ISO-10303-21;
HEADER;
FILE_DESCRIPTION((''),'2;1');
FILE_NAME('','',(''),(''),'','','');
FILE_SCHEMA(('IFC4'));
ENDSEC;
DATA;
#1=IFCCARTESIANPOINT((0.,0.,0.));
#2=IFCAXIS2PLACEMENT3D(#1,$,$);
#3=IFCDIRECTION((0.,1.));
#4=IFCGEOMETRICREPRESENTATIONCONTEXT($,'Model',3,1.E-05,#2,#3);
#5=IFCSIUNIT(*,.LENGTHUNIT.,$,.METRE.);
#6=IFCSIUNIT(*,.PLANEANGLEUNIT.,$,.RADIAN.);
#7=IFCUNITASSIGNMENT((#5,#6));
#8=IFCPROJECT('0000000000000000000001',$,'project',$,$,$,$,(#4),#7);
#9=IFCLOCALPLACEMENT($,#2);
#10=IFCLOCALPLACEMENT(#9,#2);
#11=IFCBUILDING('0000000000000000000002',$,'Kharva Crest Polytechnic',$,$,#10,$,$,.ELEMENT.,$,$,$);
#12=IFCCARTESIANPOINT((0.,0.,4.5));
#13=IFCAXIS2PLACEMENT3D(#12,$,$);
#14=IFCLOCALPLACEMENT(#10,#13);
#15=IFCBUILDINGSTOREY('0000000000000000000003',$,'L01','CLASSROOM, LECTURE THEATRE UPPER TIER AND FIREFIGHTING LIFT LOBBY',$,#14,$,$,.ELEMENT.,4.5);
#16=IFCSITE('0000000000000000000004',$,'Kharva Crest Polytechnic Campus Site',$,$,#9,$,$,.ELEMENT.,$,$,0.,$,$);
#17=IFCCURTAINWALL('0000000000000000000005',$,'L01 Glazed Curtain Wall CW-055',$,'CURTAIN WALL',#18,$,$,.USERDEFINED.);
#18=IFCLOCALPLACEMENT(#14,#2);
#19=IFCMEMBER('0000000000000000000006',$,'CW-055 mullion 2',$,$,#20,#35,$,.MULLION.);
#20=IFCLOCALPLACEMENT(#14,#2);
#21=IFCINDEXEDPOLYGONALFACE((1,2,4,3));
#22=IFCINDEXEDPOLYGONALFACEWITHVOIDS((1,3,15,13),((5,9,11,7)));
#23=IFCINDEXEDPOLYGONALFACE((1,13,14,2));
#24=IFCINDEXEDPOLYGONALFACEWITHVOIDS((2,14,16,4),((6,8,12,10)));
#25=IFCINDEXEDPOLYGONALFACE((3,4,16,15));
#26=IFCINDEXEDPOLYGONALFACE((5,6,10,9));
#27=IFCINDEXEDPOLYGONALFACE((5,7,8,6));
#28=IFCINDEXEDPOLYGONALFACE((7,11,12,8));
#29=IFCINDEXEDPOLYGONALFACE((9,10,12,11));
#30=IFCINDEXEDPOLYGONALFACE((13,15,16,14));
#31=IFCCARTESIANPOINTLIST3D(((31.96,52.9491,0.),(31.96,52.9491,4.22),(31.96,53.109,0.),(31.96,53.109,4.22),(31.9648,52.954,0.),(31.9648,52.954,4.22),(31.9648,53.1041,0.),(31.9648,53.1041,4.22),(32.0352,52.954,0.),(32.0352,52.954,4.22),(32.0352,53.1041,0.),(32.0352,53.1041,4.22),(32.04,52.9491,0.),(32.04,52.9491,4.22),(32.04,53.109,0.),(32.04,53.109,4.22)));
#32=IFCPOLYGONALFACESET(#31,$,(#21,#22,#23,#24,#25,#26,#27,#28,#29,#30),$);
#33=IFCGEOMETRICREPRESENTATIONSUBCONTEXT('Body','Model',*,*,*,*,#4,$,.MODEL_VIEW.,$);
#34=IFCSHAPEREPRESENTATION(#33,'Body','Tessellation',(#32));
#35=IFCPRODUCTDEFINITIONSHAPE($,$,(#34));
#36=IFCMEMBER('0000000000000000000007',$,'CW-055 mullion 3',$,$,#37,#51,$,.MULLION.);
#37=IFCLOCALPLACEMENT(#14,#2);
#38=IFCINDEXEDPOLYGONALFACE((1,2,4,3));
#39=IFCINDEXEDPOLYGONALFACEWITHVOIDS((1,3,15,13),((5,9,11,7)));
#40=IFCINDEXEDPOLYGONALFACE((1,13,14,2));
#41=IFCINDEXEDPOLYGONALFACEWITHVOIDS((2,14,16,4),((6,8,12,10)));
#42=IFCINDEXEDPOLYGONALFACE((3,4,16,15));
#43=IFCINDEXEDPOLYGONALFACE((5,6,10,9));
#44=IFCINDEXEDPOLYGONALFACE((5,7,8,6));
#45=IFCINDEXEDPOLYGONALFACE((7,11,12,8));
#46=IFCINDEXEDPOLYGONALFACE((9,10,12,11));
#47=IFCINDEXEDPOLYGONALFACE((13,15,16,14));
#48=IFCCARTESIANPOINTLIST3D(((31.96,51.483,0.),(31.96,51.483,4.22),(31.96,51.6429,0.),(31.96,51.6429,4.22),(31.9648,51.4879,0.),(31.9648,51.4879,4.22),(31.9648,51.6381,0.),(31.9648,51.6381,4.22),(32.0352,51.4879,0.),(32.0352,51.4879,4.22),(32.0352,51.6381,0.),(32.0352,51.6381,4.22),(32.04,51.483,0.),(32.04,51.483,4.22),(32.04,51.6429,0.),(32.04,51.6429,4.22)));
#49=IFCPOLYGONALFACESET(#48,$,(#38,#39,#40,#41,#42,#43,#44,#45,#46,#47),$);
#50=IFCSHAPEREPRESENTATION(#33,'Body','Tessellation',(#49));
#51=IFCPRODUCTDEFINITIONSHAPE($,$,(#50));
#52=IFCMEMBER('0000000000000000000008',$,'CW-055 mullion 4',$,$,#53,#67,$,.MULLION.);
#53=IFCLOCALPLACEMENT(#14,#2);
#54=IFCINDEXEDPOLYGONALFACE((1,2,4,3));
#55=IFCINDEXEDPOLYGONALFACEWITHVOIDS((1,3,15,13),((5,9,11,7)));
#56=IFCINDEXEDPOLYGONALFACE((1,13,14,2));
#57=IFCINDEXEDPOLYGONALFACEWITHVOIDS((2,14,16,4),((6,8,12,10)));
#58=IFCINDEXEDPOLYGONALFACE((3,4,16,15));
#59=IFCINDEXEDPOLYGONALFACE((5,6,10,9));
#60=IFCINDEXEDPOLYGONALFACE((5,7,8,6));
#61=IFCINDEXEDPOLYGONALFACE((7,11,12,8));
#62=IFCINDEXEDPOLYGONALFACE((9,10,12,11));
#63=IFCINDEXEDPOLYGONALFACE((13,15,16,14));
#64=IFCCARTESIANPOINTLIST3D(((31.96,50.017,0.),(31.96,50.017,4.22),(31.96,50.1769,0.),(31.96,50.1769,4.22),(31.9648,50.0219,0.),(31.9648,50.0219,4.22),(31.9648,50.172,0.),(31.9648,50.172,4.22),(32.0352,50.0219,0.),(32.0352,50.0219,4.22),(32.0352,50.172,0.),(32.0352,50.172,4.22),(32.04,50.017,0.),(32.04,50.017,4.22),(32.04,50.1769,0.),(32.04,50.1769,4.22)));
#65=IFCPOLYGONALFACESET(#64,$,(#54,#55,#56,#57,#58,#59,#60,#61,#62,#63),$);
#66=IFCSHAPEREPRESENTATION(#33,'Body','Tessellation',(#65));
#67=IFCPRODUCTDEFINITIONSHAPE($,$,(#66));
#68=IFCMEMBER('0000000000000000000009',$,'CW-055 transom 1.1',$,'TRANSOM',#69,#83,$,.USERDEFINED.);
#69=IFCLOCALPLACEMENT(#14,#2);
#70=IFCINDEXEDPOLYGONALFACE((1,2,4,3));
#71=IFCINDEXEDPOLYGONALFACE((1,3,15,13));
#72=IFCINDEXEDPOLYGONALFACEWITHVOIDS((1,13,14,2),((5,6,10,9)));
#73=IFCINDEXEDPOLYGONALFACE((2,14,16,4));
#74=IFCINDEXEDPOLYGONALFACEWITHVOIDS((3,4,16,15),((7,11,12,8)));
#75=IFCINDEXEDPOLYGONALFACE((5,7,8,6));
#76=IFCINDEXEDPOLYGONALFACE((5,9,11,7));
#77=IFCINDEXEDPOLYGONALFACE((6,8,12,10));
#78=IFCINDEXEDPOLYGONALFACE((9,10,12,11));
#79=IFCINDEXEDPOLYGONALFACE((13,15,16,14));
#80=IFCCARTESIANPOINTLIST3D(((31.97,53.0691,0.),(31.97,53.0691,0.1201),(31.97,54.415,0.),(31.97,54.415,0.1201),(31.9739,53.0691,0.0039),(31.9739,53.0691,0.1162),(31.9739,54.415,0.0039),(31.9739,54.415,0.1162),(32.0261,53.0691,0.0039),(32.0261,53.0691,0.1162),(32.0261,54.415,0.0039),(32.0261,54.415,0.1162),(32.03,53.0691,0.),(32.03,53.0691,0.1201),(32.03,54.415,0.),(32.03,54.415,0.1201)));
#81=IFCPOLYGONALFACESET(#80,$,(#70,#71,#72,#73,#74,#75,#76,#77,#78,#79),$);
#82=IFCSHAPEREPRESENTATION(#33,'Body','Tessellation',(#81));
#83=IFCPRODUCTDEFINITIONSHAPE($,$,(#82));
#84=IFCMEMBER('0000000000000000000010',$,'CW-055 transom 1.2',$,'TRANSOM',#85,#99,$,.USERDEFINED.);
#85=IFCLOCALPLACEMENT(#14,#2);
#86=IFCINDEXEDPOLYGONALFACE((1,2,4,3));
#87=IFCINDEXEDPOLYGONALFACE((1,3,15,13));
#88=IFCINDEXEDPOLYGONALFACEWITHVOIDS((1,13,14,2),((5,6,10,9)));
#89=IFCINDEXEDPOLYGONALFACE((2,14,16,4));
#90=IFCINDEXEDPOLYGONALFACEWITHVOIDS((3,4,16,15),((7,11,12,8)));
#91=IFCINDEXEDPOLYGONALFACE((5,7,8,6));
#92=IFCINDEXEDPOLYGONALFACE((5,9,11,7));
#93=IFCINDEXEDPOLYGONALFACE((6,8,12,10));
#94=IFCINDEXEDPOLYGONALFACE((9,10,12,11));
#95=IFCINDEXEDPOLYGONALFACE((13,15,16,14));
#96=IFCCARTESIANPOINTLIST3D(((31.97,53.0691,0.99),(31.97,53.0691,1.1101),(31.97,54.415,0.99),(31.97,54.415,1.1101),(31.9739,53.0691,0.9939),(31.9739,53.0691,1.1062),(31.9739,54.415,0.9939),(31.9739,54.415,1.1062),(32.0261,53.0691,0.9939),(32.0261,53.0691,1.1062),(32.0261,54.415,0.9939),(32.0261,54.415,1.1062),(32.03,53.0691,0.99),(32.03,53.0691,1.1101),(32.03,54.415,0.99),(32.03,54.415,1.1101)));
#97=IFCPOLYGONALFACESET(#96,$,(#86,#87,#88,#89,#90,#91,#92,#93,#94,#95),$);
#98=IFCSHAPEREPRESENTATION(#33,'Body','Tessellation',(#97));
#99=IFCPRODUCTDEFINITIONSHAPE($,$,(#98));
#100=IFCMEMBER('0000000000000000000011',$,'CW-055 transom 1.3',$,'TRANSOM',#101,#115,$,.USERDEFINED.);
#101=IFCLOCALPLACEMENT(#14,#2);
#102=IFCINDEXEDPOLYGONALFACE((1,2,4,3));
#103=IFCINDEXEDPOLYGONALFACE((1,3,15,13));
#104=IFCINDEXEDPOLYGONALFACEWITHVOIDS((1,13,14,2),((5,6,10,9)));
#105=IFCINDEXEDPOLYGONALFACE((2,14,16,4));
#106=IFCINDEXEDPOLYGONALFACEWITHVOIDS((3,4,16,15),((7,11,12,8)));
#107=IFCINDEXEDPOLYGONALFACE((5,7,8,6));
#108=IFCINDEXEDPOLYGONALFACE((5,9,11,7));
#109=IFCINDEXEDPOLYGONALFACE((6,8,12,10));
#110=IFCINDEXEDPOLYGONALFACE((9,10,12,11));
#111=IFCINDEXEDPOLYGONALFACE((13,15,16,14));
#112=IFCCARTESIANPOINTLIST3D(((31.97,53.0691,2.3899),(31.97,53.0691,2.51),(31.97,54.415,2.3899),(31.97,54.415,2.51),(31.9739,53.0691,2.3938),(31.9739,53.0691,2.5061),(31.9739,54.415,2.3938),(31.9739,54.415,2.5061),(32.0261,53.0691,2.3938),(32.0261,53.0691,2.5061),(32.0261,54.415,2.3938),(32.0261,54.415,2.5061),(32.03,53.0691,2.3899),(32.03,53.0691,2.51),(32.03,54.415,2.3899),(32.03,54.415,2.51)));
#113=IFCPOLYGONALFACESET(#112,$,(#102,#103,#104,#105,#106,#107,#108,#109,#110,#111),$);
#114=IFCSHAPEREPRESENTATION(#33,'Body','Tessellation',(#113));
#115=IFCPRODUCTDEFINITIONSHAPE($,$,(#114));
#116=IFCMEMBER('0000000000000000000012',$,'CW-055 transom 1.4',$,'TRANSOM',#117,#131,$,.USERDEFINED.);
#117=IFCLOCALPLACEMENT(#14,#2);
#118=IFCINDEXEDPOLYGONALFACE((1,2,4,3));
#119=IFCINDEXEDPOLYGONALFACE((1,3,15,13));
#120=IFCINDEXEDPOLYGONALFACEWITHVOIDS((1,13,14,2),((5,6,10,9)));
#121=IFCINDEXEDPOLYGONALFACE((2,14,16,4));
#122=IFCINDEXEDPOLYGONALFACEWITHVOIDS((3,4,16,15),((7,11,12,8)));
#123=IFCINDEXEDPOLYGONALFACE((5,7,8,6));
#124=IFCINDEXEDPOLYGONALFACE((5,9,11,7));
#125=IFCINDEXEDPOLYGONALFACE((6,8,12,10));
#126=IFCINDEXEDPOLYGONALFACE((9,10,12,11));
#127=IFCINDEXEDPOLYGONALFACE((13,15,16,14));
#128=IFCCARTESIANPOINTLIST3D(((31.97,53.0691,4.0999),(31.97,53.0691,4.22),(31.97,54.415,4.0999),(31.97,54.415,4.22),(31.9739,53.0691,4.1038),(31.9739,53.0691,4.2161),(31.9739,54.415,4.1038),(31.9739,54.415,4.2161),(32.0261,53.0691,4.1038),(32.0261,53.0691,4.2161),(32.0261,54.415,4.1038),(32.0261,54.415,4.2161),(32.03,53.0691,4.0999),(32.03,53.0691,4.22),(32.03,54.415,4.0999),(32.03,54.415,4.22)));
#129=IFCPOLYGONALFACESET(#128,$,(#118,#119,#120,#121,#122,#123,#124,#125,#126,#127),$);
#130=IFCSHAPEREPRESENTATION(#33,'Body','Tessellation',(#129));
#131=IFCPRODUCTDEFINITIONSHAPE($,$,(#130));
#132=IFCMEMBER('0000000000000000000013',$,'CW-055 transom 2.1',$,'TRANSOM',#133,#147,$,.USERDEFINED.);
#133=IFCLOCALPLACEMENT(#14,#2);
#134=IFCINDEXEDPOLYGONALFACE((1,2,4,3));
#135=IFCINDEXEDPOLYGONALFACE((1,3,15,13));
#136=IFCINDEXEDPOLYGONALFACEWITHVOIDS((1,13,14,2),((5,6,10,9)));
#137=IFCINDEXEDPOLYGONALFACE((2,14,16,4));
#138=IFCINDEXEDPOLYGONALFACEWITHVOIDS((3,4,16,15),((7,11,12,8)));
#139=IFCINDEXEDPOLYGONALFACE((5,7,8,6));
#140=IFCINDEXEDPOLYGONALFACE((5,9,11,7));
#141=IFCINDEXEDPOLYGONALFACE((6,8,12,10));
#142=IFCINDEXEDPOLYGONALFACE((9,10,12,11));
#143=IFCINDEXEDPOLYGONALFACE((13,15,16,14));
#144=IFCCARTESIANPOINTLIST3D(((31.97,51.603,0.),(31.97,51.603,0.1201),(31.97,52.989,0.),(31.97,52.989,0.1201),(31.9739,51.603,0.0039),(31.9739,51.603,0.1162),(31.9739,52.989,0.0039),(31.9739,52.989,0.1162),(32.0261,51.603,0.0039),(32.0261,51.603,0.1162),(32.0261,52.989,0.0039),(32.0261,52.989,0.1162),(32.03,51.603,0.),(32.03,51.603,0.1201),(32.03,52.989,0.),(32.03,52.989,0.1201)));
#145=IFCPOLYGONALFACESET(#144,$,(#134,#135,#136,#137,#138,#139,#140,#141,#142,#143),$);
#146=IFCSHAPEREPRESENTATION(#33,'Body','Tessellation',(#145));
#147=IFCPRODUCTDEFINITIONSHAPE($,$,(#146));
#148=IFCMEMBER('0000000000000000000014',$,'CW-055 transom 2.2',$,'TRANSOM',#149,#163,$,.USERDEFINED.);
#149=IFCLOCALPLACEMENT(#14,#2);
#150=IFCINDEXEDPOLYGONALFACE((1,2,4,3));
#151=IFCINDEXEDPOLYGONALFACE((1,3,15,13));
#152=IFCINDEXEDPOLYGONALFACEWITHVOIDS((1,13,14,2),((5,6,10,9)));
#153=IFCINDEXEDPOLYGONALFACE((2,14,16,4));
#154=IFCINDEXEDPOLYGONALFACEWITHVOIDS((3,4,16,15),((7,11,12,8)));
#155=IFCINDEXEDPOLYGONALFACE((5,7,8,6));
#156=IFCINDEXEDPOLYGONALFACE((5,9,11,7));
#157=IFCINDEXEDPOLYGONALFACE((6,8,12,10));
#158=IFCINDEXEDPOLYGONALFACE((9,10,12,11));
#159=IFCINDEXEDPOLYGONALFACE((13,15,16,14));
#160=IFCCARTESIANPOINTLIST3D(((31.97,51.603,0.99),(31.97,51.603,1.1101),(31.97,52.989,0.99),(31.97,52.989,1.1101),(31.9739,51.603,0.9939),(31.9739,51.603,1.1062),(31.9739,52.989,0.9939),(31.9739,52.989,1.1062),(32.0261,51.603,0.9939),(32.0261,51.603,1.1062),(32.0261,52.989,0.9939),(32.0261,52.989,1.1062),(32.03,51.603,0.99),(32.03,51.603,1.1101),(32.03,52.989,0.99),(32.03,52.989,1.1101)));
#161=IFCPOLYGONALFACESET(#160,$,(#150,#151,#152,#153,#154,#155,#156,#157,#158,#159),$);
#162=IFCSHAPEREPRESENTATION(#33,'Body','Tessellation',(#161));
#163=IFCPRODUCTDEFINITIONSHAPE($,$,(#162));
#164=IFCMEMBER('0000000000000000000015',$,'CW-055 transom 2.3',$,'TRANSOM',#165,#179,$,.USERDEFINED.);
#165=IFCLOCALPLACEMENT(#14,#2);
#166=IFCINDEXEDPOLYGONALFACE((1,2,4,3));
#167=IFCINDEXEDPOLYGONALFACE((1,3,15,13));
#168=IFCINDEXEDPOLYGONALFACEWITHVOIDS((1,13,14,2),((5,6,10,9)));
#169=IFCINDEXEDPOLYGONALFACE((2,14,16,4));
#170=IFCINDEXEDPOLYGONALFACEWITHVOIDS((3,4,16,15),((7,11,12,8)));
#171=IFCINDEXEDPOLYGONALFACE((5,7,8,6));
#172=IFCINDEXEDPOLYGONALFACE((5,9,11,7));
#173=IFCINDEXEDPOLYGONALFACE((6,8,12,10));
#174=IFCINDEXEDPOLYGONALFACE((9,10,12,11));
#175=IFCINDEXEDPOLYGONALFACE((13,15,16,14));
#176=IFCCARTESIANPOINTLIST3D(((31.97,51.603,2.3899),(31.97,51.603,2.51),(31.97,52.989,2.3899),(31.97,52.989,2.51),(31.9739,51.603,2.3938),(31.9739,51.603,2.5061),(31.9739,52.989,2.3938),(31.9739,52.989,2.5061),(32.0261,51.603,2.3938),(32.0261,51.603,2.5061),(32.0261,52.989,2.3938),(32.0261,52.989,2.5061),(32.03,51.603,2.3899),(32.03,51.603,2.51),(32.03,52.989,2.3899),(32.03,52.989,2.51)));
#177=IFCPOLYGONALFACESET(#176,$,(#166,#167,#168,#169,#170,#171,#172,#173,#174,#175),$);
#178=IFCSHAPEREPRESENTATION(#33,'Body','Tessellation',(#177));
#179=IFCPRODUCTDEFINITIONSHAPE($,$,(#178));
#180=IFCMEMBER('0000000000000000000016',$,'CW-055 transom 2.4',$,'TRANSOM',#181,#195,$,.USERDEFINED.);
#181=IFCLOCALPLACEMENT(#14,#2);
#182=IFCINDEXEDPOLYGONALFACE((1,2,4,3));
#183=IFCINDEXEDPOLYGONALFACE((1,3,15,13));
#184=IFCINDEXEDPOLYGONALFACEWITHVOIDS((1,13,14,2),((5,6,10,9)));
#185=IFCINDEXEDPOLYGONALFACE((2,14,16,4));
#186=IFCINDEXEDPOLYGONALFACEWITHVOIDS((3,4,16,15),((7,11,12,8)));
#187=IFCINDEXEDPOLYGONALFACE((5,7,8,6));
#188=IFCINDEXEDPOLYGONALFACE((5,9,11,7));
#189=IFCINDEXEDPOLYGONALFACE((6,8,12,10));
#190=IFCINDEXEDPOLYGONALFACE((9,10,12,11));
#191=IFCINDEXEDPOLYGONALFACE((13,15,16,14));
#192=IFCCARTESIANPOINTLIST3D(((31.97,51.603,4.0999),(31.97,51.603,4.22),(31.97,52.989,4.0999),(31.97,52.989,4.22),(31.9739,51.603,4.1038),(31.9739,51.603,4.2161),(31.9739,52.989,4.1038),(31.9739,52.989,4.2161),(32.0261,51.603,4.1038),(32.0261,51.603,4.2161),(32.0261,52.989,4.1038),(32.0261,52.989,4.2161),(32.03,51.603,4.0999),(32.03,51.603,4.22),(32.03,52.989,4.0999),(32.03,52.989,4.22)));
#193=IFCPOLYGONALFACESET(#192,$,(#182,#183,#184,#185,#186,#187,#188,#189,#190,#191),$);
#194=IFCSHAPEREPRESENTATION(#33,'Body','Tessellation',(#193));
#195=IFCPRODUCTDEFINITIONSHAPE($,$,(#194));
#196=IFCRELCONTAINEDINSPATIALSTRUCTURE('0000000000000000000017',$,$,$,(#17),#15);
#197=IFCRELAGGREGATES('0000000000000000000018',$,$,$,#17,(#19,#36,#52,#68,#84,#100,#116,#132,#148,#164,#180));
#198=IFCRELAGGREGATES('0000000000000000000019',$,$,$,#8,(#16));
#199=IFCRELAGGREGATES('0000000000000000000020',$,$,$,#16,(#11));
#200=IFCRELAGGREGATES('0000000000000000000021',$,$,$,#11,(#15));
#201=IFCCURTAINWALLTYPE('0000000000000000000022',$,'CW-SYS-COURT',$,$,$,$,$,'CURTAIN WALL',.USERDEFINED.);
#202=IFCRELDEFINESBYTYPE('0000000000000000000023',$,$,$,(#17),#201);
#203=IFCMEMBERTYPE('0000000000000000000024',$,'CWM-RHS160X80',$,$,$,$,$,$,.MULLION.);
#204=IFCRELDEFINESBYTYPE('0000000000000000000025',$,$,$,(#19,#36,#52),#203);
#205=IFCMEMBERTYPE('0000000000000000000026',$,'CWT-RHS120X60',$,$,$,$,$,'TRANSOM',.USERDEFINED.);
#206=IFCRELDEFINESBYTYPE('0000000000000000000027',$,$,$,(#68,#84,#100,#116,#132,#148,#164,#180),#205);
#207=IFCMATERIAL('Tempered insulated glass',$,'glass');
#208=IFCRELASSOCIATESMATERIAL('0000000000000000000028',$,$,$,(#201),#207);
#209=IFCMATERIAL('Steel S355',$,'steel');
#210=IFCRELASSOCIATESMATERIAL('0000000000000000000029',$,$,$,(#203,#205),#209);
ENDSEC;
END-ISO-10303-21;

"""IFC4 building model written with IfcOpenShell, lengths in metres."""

from ifc_helpers import new_model, si_unit, direction, frame, origin, origin_2d, place, context, subcontext, project, spatial, hollow_rectangle, extrude, material, material_profile, profile_set, type_object, element, aggregate, save


model = new_model("IFC4")

# Units and contexts
model_context = context("Model", 3, precision=1e-05, world=origin(), true_north=direction((0.0, 1.0)))
body_context = subcontext(model_context, "Body", "Model", "MODEL_VIEW")
ifc_project = project(units=[si_unit("LENGTHUNIT", "METRE"), si_unit("PLANEANGLEUNIT", "RADIAN")], contexts=[model_context])

# Site, building, storey
site_placement = place(None, origin())
site = spatial("IfcSite", under=ifc_project, at=site_placement, Name="Kharva Crest Polytechnic Campus Site", CompositionType="ELEMENT", RefElevation=0.0)
building_placement = place(site_placement, origin())
building = spatial("IfcBuilding", under=site, at=building_placement, Name="Kharva Crest Polytechnic", CompositionType="ELEMENT")
storey_placement = place(building_placement, frame((0.0, 0.0, 4.5)))
storey = spatial("IfcBuildingStorey", under=building, at=storey_placement, Name="L01", Description="CLASSROOM, LECTURE THEATRE UPPER TIER AND FIREFIGHTING LIFT LOBBY", CompositionType="ELEMENT", Elevation=4.5)

# Curtain wall, members
ifc_material_1 = material(Name="Tempered insulated glass", Category="glass")
curtain_wall_type = type_object("IfcCurtainWallType", Name="CW-SYS-COURT", ElementType="CURTAIN WALL", PredefinedType="USERDEFINED", material=ifc_material_1)
curtain_wall_placement = place(storey_placement, origin())
curtain_wall = element("IfcCurtainWall", 1, at=curtain_wall_placement, inside=storey, type_object=curtain_wall_type, Name="L01 Glazed Curtain Wall CW-055", ObjectType="CURTAIN WALL", PredefinedType="USERDEFINED")
ifc_material_2 = material(Name="Steel S355", Category="steel")
ifc_material_profile_1 = material_profile(ifc_material_2, hollow_rectangle(XDim=0.0801, YDim=0.1599, WallThickness=0.0049, at=origin_2d()), Name="RHS 160X80X5.0")
ifc_profile_set_1 = profile_set([ifc_material_profile_1], Name="Steel S355")
member_type_1 = type_object("IfcMemberType", Name="CWM-RHS160X80", PredefinedType="MULLION", material=ifc_profile_set_1)
member_1_placement = place(storey_placement, frame((32.0, 53.0291, 0.0), z_axis=(0.0, 0.0, 1.0), x_axis=(1.0, 0.0, 0.0)))
member_1 = element("IfcMember", 2, at=member_1_placement, type_object=member_type_1, Name="CW-055 mullion 2", PredefinedType="MULLION", context=body_context, shape_type="SweptSolid", body=[
    extrude(hollow_rectangle(XDim=0.0801, YDim=0.1599, WallThickness=0.0049, at=origin_2d()), origin(), (0.0, 0.0, 1.0), 4.22),
])
member_2_placement = place(storey_placement, frame((32.0, 51.563, 0.0), z_axis=(0.0, 0.0, 1.0), x_axis=(1.0, 0.0, 0.0)))
member_2 = element("IfcMember", 3, at=member_2_placement, type_object=member_type_1, Name="CW-055 mullion 3", PredefinedType="MULLION", context=body_context, shape_type="SweptSolid", body=[
    extrude(hollow_rectangle(XDim=0.0801, YDim=0.1599, WallThickness=0.0049, at=origin_2d()), origin(), (0.0, 0.0, 1.0), 4.22),
])
member_3_placement = place(storey_placement, frame((32.0, 50.0969, 0.0), z_axis=(0.0, 0.0, 1.0), x_axis=(1.0, 0.0, 0.0)))
member_3 = element("IfcMember", 4, at=member_3_placement, type_object=member_type_1, Name="CW-055 mullion 4", PredefinedType="MULLION", context=body_context, shape_type="SweptSolid", body=[
    extrude(hollow_rectangle(XDim=0.0801, YDim=0.1599, WallThickness=0.0049, at=origin_2d()), origin(), (0.0, 0.0, 1.0), 4.22),
])
ifc_material_profile_2 = material_profile(ifc_material_2, hollow_rectangle(XDim=0.0601, YDim=0.1201, WallThickness=0.0039, at=origin_2d()), Name="RHS 120X60X4.0")
ifc_profile_set_2 = profile_set([ifc_material_profile_2], Name="Steel S355")
member_type_2 = type_object("IfcMemberType", Name="CWT-RHS120X60", ElementType="TRANSOM", PredefinedType="USERDEFINED", material=ifc_profile_set_2)
member_4_placement = place(storey_placement, frame((32.0, 54.415, 0.0601), z_axis=(0.0, -1.0, 0.0), x_axis=(1.0, 0.0, 0.0)))
member_4 = element("IfcMember", 5, at=member_4_placement, type_object=member_type_2, Name="CW-055 transom 1.1", ObjectType="TRANSOM", PredefinedType="USERDEFINED", context=body_context, shape_type="SweptSolid", body=[
    extrude(hollow_rectangle(XDim=0.0601, YDim=0.1201, WallThickness=0.0039, at=origin_2d()), origin(), (0.0, 0.0, 1.0), 1.3459),
])
member_5_placement = place(storey_placement, frame((32.0, 54.415, 1.05), z_axis=(0.0, -1.0, 0.0), x_axis=(1.0, 0.0, 0.0)))
member_5 = element("IfcMember", 6, at=member_5_placement, type_object=member_type_2, Name="CW-055 transom 1.2", ObjectType="TRANSOM", PredefinedType="USERDEFINED", context=body_context, shape_type="SweptSolid", body=[
    extrude(hollow_rectangle(XDim=0.0601, YDim=0.1201, WallThickness=0.0039, at=origin_2d()), origin(), (0.0, 0.0, 1.0), 1.3459),
])
member_6_placement = place(storey_placement, frame((32.0, 54.415, 2.45), z_axis=(0.0, -1.0, 0.0), x_axis=(1.0, 0.0, 0.0)))
member_6 = element("IfcMember", 7, at=member_6_placement, type_object=member_type_2, Name="CW-055 transom 1.3", ObjectType="TRANSOM", PredefinedType="USERDEFINED", context=body_context, shape_type="SweptSolid", body=[
    extrude(hollow_rectangle(XDim=0.0601, YDim=0.1201, WallThickness=0.0039, at=origin_2d()), origin(), (0.0, 0.0, 1.0), 1.3459),
])
member_7_placement = place(storey_placement, frame((32.0, 54.415, 4.1599), z_axis=(0.0, -1.0, 0.0), x_axis=(1.0, 0.0, 0.0)))
member_7 = element("IfcMember", 8, at=member_7_placement, type_object=member_type_2, Name="CW-055 transom 1.4", ObjectType="TRANSOM", PredefinedType="USERDEFINED", context=body_context, shape_type="SweptSolid", body=[
    extrude(hollow_rectangle(XDim=0.0601, YDim=0.1201, WallThickness=0.0039, at=origin_2d()), origin(), (0.0, 0.0, 1.0), 1.3459),
])
member_8_placement = place(storey_placement, frame((32.0, 52.989, 0.0601), z_axis=(0.0, -1.0, 0.0), x_axis=(1.0, 0.0, 0.0)))
member_8 = element("IfcMember", 9, at=member_8_placement, type_object=member_type_2, Name="CW-055 transom 2.1", ObjectType="TRANSOM", PredefinedType="USERDEFINED", context=body_context, shape_type="SweptSolid", body=[
    extrude(hollow_rectangle(XDim=0.0601, YDim=0.1201, WallThickness=0.0039, at=origin_2d()), origin(), (0.0, 0.0, 1.0), 1.386),
])
member_9_placement = place(storey_placement, frame((32.0, 52.989, 1.05), z_axis=(0.0, -1.0, 0.0), x_axis=(1.0, 0.0, 0.0)))
member_9 = element("IfcMember", 10, at=member_9_placement, type_object=member_type_2, Name="CW-055 transom 2.2", ObjectType="TRANSOM", PredefinedType="USERDEFINED", context=body_context, shape_type="SweptSolid", body=[
    extrude(hollow_rectangle(XDim=0.0601, YDim=0.1201, WallThickness=0.0039, at=origin_2d()), origin(), (0.0, 0.0, 1.0), 1.386),
])
member_10_placement = place(storey_placement, frame((32.0, 52.989, 2.45), z_axis=(0.0, -1.0, 0.0), x_axis=(1.0, 0.0, 0.0)))
member_10 = element("IfcMember", 11, at=member_10_placement, type_object=member_type_2, Name="CW-055 transom 2.3", ObjectType="TRANSOM", PredefinedType="USERDEFINED", context=body_context, shape_type="SweptSolid", body=[
    extrude(hollow_rectangle(XDim=0.0601, YDim=0.1201, WallThickness=0.0039, at=origin_2d()), origin(), (0.0, 0.0, 1.0), 1.386),
])
member_11_placement = place(storey_placement, frame((32.0, 52.989, 4.1599), z_axis=(0.0, -1.0, 0.0), x_axis=(1.0, 0.0, 0.0)))
member_11 = element("IfcMember", 12, at=member_11_placement, type_object=member_type_2, Name="CW-055 transom 2.4", ObjectType="TRANSOM", PredefinedType="USERDEFINED", context=body_context, shape_type="SweptSolid", body=[
    extrude(hollow_rectangle(XDim=0.0601, YDim=0.1201, WallThickness=0.0039, at=origin_2d()), origin(), (0.0, 0.0, 1.0), 1.386),
])
aggregate(curtain_wall, [member_1, member_2, member_3, member_4, member_5, member_6, member_7, member_8, member_9, member_10, member_11])

save(model, "model.ifc")
